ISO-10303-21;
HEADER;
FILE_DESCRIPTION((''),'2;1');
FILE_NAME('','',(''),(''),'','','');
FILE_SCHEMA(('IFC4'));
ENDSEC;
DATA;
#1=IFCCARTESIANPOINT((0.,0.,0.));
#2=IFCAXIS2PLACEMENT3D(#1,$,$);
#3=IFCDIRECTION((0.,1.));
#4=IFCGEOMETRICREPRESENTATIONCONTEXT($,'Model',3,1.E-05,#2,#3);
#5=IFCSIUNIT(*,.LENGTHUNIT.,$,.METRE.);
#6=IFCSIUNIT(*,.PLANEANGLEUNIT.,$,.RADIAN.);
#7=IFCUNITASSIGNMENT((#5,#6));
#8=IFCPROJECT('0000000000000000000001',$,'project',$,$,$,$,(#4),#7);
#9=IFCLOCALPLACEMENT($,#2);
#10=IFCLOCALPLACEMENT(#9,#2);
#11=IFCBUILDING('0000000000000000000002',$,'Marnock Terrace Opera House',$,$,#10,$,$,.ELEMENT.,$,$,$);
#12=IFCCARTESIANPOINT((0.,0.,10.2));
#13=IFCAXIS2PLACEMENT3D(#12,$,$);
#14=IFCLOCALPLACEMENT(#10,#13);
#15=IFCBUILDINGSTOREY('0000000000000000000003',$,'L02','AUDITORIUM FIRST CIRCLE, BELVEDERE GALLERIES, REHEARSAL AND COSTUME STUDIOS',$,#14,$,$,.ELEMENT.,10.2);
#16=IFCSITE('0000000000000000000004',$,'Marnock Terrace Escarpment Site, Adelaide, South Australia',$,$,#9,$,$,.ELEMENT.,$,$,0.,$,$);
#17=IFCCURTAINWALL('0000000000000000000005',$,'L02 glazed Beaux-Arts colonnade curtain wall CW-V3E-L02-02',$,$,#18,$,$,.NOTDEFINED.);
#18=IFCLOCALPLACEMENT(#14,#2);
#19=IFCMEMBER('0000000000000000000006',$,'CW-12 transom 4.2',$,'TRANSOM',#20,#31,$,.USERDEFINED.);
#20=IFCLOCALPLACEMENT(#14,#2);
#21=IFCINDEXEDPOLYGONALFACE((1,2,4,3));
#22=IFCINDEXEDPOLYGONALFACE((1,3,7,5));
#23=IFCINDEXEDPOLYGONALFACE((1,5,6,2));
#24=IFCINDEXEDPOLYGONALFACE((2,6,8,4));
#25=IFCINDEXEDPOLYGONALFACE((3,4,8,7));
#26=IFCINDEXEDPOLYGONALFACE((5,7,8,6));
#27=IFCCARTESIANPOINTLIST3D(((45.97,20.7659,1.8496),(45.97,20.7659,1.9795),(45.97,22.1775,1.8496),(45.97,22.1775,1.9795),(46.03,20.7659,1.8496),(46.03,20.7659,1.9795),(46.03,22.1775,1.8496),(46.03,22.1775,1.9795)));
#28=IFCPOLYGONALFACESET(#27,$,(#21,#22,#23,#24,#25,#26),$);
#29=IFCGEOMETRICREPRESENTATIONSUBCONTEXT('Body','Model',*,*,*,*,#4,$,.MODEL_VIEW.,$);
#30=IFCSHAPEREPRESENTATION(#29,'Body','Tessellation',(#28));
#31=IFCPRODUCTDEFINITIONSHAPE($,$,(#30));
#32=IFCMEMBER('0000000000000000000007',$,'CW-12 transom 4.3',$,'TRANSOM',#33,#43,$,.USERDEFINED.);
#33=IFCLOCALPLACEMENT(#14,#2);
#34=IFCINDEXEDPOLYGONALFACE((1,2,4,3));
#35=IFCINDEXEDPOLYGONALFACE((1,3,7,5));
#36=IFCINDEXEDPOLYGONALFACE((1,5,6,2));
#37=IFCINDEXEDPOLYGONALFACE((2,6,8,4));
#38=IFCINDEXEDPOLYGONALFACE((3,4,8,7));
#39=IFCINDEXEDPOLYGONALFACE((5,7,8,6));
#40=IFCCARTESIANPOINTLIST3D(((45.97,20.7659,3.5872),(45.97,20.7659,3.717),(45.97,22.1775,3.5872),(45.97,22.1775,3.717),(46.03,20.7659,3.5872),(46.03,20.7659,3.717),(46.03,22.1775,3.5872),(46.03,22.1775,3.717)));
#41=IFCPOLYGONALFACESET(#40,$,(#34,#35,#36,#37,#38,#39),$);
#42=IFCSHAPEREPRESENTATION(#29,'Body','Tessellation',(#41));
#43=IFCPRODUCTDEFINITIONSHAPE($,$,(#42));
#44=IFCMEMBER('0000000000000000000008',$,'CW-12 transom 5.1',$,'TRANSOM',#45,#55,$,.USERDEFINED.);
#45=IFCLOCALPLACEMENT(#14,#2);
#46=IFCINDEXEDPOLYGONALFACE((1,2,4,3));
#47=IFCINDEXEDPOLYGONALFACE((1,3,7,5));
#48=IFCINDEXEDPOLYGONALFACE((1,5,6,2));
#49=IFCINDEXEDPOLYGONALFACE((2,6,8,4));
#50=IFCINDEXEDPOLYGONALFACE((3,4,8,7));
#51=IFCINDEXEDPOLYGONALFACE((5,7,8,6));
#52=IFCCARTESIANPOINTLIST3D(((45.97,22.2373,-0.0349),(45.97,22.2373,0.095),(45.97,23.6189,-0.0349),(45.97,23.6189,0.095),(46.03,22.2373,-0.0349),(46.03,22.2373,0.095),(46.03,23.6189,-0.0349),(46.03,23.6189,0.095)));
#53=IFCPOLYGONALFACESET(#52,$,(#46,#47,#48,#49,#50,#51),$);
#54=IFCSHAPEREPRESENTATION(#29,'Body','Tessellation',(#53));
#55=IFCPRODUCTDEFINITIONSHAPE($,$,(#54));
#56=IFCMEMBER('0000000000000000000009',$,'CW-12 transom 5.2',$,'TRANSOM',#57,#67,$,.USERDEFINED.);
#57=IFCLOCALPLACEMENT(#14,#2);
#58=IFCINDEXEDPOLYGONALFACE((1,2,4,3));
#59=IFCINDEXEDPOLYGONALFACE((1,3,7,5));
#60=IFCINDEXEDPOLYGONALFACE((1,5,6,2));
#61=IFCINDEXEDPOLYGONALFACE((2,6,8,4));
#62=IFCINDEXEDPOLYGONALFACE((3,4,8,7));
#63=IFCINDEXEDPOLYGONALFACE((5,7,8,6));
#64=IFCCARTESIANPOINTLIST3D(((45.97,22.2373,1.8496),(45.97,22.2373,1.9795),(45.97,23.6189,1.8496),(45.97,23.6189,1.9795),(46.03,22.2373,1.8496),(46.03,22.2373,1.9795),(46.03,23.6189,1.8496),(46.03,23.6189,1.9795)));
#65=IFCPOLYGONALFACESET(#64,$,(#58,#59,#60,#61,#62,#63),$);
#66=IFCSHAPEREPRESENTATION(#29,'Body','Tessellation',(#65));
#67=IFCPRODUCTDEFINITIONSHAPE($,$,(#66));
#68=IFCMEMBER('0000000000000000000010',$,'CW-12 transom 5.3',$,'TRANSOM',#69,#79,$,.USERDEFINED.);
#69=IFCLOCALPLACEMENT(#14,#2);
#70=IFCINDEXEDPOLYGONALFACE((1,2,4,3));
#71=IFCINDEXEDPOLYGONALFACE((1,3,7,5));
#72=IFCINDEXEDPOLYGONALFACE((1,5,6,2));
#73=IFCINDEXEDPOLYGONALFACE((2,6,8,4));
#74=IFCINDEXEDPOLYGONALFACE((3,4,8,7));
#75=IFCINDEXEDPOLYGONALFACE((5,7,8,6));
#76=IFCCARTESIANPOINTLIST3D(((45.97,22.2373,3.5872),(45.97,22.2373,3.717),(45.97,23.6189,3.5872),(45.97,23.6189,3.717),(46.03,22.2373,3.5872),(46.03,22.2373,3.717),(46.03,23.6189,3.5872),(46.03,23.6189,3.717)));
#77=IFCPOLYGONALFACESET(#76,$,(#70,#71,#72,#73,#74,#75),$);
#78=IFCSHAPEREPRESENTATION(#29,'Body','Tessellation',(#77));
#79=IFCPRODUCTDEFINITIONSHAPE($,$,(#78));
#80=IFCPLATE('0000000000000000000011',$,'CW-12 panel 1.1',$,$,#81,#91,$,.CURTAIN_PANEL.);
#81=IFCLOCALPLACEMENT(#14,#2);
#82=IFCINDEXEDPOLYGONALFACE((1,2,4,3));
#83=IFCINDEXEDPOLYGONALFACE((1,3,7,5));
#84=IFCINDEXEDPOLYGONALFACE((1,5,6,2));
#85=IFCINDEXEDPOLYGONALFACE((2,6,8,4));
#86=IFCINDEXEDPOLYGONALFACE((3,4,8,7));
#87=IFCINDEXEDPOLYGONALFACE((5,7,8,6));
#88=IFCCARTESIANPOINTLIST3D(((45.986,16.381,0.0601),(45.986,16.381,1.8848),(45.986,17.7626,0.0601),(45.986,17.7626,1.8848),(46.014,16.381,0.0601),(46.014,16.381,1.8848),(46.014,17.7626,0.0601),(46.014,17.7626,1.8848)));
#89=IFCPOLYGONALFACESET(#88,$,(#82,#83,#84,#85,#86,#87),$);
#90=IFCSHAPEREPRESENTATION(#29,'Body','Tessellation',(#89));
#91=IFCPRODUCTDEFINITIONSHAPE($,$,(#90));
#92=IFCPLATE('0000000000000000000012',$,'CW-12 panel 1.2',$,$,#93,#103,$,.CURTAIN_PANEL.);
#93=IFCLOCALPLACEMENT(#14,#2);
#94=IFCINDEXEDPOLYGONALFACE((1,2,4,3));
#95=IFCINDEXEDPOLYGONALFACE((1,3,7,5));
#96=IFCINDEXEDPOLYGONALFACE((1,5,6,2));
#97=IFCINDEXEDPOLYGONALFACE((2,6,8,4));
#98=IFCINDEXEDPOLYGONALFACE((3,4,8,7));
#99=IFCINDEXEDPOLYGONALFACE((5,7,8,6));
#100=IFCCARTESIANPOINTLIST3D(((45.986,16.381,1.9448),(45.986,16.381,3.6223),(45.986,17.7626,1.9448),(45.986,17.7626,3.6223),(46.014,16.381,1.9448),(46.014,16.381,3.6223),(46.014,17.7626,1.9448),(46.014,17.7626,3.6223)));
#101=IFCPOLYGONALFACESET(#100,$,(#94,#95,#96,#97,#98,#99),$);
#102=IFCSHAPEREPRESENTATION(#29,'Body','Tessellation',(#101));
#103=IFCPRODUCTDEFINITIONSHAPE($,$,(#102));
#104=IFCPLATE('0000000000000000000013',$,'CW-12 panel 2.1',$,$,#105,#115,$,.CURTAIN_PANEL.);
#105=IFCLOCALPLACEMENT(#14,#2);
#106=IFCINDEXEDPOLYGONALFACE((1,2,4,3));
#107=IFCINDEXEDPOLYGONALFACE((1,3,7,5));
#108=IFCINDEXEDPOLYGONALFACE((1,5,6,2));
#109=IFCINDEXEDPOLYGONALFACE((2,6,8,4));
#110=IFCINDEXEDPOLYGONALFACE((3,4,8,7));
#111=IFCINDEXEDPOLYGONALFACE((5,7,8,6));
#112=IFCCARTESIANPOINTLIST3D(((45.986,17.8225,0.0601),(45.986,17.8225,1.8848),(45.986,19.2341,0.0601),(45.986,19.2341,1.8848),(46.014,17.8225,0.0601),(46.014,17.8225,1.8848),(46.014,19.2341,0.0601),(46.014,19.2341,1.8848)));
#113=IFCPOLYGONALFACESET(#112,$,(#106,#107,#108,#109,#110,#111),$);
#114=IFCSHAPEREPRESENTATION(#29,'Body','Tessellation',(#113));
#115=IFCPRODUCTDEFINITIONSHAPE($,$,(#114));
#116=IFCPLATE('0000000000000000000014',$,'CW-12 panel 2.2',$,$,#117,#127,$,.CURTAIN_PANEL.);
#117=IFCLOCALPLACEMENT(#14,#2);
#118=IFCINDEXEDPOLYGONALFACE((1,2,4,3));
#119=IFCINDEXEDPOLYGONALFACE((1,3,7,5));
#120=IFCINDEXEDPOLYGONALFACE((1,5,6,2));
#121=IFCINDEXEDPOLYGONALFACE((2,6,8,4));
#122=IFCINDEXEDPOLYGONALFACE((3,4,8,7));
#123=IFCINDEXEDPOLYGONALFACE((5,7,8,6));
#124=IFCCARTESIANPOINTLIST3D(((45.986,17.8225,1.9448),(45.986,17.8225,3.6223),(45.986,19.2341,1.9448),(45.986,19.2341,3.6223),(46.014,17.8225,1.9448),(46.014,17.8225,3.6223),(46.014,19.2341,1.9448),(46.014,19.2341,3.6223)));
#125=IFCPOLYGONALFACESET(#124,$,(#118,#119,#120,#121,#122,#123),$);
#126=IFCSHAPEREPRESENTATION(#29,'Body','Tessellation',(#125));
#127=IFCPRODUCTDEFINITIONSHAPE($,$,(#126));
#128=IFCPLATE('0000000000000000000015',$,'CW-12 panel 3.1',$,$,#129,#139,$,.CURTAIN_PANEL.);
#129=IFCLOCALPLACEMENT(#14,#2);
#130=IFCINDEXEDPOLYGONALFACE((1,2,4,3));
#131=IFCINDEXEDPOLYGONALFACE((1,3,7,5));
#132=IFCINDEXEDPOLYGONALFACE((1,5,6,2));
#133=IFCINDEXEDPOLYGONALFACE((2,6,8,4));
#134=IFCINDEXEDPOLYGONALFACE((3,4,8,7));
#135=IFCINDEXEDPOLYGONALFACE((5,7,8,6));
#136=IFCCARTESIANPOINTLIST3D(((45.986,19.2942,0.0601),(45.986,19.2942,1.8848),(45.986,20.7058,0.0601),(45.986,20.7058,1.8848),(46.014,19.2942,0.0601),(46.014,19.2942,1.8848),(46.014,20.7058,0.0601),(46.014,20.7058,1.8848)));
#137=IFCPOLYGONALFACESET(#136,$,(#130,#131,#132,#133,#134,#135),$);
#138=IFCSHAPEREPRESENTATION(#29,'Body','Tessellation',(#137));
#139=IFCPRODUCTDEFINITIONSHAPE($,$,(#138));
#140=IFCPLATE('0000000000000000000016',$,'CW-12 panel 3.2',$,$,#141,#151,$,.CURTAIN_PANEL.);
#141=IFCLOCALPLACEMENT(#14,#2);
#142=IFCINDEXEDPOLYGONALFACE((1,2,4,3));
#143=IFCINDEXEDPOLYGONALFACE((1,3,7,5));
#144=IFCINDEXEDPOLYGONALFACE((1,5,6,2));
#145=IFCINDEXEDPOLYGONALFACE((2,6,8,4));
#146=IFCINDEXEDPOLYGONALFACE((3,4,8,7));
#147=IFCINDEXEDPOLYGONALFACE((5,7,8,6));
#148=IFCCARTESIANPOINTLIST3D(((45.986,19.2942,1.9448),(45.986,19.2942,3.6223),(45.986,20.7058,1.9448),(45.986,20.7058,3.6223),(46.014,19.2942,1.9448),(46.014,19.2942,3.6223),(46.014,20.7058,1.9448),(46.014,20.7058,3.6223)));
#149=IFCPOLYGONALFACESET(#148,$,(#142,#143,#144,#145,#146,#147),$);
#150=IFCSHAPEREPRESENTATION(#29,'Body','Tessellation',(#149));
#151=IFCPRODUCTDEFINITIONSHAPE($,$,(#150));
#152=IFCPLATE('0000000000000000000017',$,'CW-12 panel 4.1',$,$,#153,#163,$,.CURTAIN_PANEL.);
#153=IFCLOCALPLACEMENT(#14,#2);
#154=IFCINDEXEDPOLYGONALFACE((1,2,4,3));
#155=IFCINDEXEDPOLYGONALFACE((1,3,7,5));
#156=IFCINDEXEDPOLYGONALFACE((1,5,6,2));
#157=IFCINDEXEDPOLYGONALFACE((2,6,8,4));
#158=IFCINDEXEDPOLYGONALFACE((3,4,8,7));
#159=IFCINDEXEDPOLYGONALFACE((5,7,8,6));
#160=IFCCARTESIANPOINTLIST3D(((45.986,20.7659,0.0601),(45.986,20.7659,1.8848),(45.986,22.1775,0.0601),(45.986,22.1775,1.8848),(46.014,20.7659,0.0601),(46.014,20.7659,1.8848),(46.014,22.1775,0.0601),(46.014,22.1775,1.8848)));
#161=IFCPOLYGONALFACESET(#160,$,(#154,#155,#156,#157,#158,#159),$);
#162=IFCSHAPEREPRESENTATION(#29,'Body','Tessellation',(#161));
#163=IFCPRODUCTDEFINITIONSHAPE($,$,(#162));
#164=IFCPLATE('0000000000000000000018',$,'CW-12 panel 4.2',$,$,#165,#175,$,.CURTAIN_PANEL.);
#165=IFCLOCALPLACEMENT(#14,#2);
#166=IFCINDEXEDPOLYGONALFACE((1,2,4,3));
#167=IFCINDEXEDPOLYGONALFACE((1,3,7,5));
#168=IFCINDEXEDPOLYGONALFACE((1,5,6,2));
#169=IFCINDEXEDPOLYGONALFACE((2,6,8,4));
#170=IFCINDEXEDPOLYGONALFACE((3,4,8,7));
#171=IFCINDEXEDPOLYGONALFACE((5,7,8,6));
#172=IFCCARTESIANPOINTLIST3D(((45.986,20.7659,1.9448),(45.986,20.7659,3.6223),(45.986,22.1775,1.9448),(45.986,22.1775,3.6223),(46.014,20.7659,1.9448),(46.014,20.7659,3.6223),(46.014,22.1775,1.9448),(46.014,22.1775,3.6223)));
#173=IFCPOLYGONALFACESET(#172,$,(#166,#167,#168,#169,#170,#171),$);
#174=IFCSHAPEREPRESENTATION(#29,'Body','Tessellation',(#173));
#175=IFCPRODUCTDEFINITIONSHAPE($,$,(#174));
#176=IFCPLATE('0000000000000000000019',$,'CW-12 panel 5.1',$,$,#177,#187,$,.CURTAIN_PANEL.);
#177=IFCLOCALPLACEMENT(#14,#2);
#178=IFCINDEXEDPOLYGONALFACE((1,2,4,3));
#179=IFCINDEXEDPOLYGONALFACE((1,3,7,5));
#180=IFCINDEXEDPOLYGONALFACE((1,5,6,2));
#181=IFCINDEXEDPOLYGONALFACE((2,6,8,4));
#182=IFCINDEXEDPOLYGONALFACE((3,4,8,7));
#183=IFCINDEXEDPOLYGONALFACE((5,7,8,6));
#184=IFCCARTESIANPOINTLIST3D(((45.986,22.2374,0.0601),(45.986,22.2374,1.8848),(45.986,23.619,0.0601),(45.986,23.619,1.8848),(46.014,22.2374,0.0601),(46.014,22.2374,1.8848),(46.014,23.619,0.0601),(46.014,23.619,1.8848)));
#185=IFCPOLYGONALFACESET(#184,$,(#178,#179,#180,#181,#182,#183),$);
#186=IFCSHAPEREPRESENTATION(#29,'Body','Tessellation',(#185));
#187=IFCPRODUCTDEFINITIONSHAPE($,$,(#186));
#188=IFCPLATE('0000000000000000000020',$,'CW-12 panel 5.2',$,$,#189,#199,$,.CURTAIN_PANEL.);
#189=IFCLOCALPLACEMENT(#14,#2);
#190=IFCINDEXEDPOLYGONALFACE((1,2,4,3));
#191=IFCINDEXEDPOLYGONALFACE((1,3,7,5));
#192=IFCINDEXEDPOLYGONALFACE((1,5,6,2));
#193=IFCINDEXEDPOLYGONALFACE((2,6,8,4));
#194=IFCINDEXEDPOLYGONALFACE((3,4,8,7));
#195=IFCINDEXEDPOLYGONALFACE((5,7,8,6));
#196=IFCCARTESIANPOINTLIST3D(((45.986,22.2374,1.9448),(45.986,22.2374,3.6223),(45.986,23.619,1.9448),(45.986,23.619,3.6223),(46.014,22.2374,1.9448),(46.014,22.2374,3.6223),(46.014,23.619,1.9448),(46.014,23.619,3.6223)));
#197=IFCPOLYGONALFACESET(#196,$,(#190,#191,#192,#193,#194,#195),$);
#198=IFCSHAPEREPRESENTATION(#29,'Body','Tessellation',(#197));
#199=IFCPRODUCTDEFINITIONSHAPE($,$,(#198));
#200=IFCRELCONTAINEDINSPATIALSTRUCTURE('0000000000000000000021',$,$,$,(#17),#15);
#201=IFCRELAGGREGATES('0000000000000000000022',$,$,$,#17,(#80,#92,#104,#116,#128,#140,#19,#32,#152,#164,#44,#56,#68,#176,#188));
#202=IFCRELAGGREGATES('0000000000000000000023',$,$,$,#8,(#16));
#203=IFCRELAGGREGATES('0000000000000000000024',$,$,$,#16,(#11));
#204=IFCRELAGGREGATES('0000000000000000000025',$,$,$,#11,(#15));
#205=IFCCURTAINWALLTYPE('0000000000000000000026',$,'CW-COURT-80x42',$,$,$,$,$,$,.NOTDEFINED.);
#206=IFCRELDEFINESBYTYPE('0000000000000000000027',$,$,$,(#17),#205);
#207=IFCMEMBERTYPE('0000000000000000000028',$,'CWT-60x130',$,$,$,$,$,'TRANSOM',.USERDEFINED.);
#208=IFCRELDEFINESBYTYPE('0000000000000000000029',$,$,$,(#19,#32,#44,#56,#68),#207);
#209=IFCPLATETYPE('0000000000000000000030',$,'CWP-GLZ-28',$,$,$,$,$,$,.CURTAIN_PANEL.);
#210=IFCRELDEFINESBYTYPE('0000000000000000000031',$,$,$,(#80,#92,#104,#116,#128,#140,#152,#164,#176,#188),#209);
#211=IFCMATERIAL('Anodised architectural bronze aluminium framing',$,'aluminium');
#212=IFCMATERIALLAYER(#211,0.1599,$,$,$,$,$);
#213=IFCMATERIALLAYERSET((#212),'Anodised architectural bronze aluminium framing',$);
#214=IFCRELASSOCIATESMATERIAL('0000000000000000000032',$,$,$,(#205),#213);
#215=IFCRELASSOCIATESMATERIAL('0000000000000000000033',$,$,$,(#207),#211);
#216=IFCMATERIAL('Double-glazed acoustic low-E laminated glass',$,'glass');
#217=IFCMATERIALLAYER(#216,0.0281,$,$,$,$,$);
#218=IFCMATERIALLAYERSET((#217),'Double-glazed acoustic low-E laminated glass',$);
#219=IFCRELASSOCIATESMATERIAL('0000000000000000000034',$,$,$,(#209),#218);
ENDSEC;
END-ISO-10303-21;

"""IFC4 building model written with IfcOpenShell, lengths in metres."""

from ifc_helpers import new_model, si_unit, direction, frame, origin, origin_2d, place, context, subcontext, project, spatial, rectangle, extrude, material, layer, layer_set, material_profile, profile_set, type_object, element, aggregate, save


model = new_model("IFC4")

# Units and contexts
model_context = context("Model", 3, precision=1e-05, world=origin(), true_north=direction((0.0, 1.0)))
body_context = subcontext(model_context, "Body", "Model", "MODEL_VIEW")
ifc_project = project(units=[si_unit("LENGTHUNIT", "METRE"), si_unit("PLANEANGLEUNIT", "RADIAN")], contexts=[model_context])

# Site, building, storey
site_placement = place(None, origin())
site = spatial("IfcSite", under=ifc_project, at=site_placement, Name="Marnock Terrace Escarpment Site, Adelaide, South Australia", CompositionType="ELEMENT", RefElevation=0.0)
building_placement = place(site_placement, origin())
building = spatial("IfcBuilding", under=site, at=building_placement, Name="Marnock Terrace Opera House", CompositionType="ELEMENT")
storey_placement = place(building_placement, frame((0.0, 0.0, 10.2)))
storey = spatial("IfcBuildingStorey", under=building, at=storey_placement, Name="L02", Description="AUDITORIUM FIRST CIRCLE, BELVEDERE GALLERIES, REHEARSAL AND COSTUME STUDIOS", CompositionType="ELEMENT", Elevation=10.2)

# Shared definitions
ifc_material_1 = material(Name="Anodised architectural bronze aluminium framing", Category="aluminium")
ifc_layer_1 = layer(ifc_material_1, 0.1599)
ifc_layer_set_1 = layer_set([ifc_layer_1], Name="Anodised architectural bronze aluminium framing")
curtain_wall_type = type_object("IfcCurtainWallType", Name="CW-COURT-80x42", PredefinedType="NOTDEFINED", material=ifc_layer_set_1)

# Curtain wall, members, plates
curtain_wall_1_placement = place(storey_placement, origin())
curtain_wall_1 = element("IfcCurtainWall", 1, at=curtain_wall_1_placement, inside=storey, type_object=curtain_wall_type, Name="L02 glazed Beaux-Arts colonnade curtain wall CW-V3E-L02-02", PredefinedType="NOTDEFINED")
ifc_material_profile_1 = material_profile(ifc_material_1, rectangle(XDim=0.0601, YDim=0.1299, at=origin_2d()))
ifc_profile_set_1 = profile_set([ifc_material_profile_1], Name="Anodised architectural bronze aluminium framing")
member_type_1 = type_object("IfcMemberType", Name="CWT-60x130", ElementType="TRANSOM", PredefinedType="USERDEFINED", material=ifc_profile_set_1)
member_1_placement = place(storey_placement, frame((46.0, 20.7659, 1.9146), z_axis=(0.0, 1.0, 0.0), x_axis=(-1.0, 0.0, 0.0)))
member_1 = element("IfcMember", 2, at=member_1_placement, type_object=member_type_1, Name="CW-12 transom 4.2", ObjectType="TRANSOM", PredefinedType="USERDEFINED", context=body_context, shape_type="SweptSolid", body=[
    extrude(rectangle(XDim=0.0601, YDim=0.1299, at=origin_2d()), origin(), (0.0, 0.0, 1.0), 1.4116),
])
member_2_placement = place(storey_placement, frame((46.0, 20.7659, 3.6521), z_axis=(0.0, 1.0, 0.0), x_axis=(-1.0, 0.0, 0.0)))
member_2 = element("IfcMember", 3, at=member_2_placement, type_object=member_type_1, Name="CW-12 transom 4.3", ObjectType="TRANSOM", PredefinedType="USERDEFINED", context=body_context, shape_type="SweptSolid", body=[
    extrude(rectangle(XDim=0.0601, YDim=0.1299, at=origin_2d()), origin(), (0.0, 0.0, 1.0), 1.4116),
])
member_3_placement = place(storey_placement, frame((46.0, 22.2373, 0.03), z_axis=(0.0, 1.0, 0.0), x_axis=(-1.0, 0.0, 0.0)))
member_3 = element("IfcMember", 4, at=member_3_placement, type_object=member_type_1, Name="CW-12 transom 5.1", ObjectType="TRANSOM", PredefinedType="USERDEFINED", context=body_context, shape_type="SweptSolid", body=[
    extrude(rectangle(XDim=0.0601, YDim=0.1299, at=origin_2d()), origin(), (0.0, 0.0, 1.0), 1.3816),
])
member_4_placement = place(storey_placement, frame((46.0, 22.2373, 1.9146), z_axis=(0.0, 1.0, 0.0), x_axis=(-1.0, 0.0, 0.0)))
member_4 = element("IfcMember", 5, at=member_4_placement, type_object=member_type_1, Name="CW-12 transom 5.2", ObjectType="TRANSOM", PredefinedType="USERDEFINED", context=body_context, shape_type="SweptSolid", body=[
    extrude(rectangle(XDim=0.0601, YDim=0.1299, at=origin_2d()), origin(), (0.0, 0.0, 1.0), 1.3816),
])
member_5_placement = place(storey_placement, frame((46.0, 22.2373, 3.6521), z_axis=(0.0, 1.0, 0.0), x_axis=(-1.0, 0.0, 0.0)))
member_5 = element("IfcMember", 6, at=member_5_placement, type_object=member_type_1, Name="CW-12 transom 5.3", ObjectType="TRANSOM", PredefinedType="USERDEFINED", context=body_context, shape_type="SweptSolid", body=[
    extrude(rectangle(XDim=0.0601, YDim=0.1299, at=origin_2d()), origin(), (0.0, 0.0, 1.0), 1.3816),
])
ifc_material_2 = material(Name="Double-glazed acoustic low-E laminated glass", Category="glass")
ifc_layer_2 = layer(ifc_material_2, 0.0281)
ifc_layer_set_2 = layer_set([ifc_layer_2], Name="Double-glazed acoustic low-E laminated glass")
plate_type = type_object("IfcPlateType", Name="CWP-GLZ-28", PredefinedType="CURTAIN_PANEL", material=ifc_layer_set_2)
plate_1_placement = place(storey_placement, frame((46.0, 17.0718, 0.0601), z_axis=(0.0, 0.0, 1.0), x_axis=(0.0, 1.0, 0.0)))
plate_1 = element("IfcPlate", 7, at=plate_1_placement, type_object=plate_type, Name="CW-12 panel 1.1", PredefinedType="CURTAIN_PANEL", context=body_context, shape_type="SweptSolid", body=[
    extrude(rectangle(XDim=1.3816, YDim=0.0281, at=origin_2d()), origin(), (0.0, 0.0, 1.0), 1.8247),
])
plate_2_placement = place(storey_placement, frame((46.0, 17.0718, 1.9448), z_axis=(0.0, 0.0, 1.0), x_axis=(0.0, 1.0, 0.0)))
plate_2 = element("IfcPlate", 8, at=plate_2_placement, type_object=plate_type, Name="CW-12 panel 1.2", PredefinedType="CURTAIN_PANEL", context=body_context, shape_type="SweptSolid", body=[
    extrude(rectangle(XDim=1.3816, YDim=0.0281, at=origin_2d()), origin(), (0.0, 0.0, 1.0), 1.6775),
])
plate_3_placement = place(storey_placement, frame((46.0, 18.5283, 0.0601), z_axis=(0.0, 0.0, 1.0), x_axis=(0.0, 1.0, 0.0)))
plate_3 = element("IfcPlate", 9, at=plate_3_placement, type_object=plate_type, Name="CW-12 panel 2.1", PredefinedType="CURTAIN_PANEL", context=body_context, shape_type="SweptSolid", body=[
    extrude(rectangle(XDim=1.4116, YDim=0.0281, at=origin_2d()), origin(), (0.0, 0.0, 1.0), 1.8247),
])
plate_4_placement = place(storey_placement, frame((46.0, 18.5283, 1.9448), z_axis=(0.0, 0.0, 1.0), x_axis=(0.0, 1.0, 0.0)))
plate_4 = element("IfcPlate", 10, at=plate_4_placement, type_object=plate_type, Name="CW-12 panel 2.2", PredefinedType="CURTAIN_PANEL", context=body_context, shape_type="SweptSolid", body=[
    extrude(rectangle(XDim=1.4116, YDim=0.0281, at=origin_2d()), origin(), (0.0, 0.0, 1.0), 1.6775),
])
plate_5_placement = place(storey_placement, frame((46.0, 20.0, 0.0601), z_axis=(0.0, 0.0, 1.0), x_axis=(0.0, 1.0, 0.0)))
plate_5 = element("IfcPlate", 11, at=plate_5_placement, type_object=plate_type, Name="CW-12 panel 3.1", PredefinedType="CURTAIN_PANEL", context=body_context, shape_type="SweptSolid", body=[
    extrude(rectangle(XDim=1.4116, YDim=0.0281, at=origin_2d()), origin(), (0.0, 0.0, 1.0), 1.8247),
])
plate_6_placement = place(storey_placement, frame((46.0, 20.0, 1.9448), z_axis=(0.0, 0.0, 1.0), x_axis=(0.0, 1.0, 0.0)))
plate_6 = element("IfcPlate", 12, at=plate_6_placement, type_object=plate_type, Name="CW-12 panel 3.2", PredefinedType="CURTAIN_PANEL", context=body_context, shape_type="SweptSolid", body=[
    extrude(rectangle(XDim=1.4116, YDim=0.0281, at=origin_2d()), origin(), (0.0, 0.0, 1.0), 1.6775),
])
plate_7_placement = place(storey_placement, frame((46.0, 21.4717, 0.0601), z_axis=(0.0, 0.0, 1.0), x_axis=(0.0, 1.0, 0.0)))
plate_7 = element("IfcPlate", 13, at=plate_7_placement, type_object=plate_type, Name="CW-12 panel 4.1", PredefinedType="CURTAIN_PANEL", context=body_context, shape_type="SweptSolid", body=[
    extrude(rectangle(XDim=1.4116, YDim=0.0281, at=origin_2d()), origin(), (0.0, 0.0, 1.0), 1.8247),
])
plate_8_placement = place(storey_placement, frame((46.0, 21.4717, 1.9448), z_axis=(0.0, 0.0, 1.0), x_axis=(0.0, 1.0, 0.0)))
plate_8 = element("IfcPlate", 14, at=plate_8_placement, type_object=plate_type, Name="CW-12 panel 4.2", PredefinedType="CURTAIN_PANEL", context=body_context, shape_type="SweptSolid", body=[
    extrude(rectangle(XDim=1.4116, YDim=0.0281, at=origin_2d()), origin(), (0.0, 0.0, 1.0), 1.6775),
])
plate_9_placement = place(storey_placement, frame((46.0, 22.9282, 0.0601), z_axis=(0.0, 0.0, 1.0), x_axis=(0.0, 1.0, 0.0)))
plate_9 = element("IfcPlate", 15, at=plate_9_placement, type_object=plate_type, Name="CW-12 panel 5.1", PredefinedType="CURTAIN_PANEL", context=body_context, shape_type="SweptSolid", body=[
    extrude(rectangle(XDim=1.3816, YDim=0.0281, at=origin_2d()), origin(), (0.0, 0.0, 1.0), 1.8247),
])
plate_10_placement = place(storey_placement, frame((46.0, 22.9282, 1.9448), z_axis=(0.0, 0.0, 1.0), x_axis=(0.0, 1.0, 0.0)))
plate_10 = element("IfcPlate", 16, at=plate_10_placement, type_object=plate_type, Name="CW-12 panel 5.2", PredefinedType="CURTAIN_PANEL", context=body_context, shape_type="SweptSolid", body=[
    extrude(rectangle(XDim=1.3816, YDim=0.0281, at=origin_2d()), origin(), (0.0, 0.0, 1.0), 1.6775),
])
aggregate(curtain_wall_1, [plate_1, plate_2, plate_3, plate_4, plate_5, plate_6, member_1, member_2, plate_7, plate_8, member_3, member_4, member_5, plate_9, plate_10])

save(model, "model.ifc")
